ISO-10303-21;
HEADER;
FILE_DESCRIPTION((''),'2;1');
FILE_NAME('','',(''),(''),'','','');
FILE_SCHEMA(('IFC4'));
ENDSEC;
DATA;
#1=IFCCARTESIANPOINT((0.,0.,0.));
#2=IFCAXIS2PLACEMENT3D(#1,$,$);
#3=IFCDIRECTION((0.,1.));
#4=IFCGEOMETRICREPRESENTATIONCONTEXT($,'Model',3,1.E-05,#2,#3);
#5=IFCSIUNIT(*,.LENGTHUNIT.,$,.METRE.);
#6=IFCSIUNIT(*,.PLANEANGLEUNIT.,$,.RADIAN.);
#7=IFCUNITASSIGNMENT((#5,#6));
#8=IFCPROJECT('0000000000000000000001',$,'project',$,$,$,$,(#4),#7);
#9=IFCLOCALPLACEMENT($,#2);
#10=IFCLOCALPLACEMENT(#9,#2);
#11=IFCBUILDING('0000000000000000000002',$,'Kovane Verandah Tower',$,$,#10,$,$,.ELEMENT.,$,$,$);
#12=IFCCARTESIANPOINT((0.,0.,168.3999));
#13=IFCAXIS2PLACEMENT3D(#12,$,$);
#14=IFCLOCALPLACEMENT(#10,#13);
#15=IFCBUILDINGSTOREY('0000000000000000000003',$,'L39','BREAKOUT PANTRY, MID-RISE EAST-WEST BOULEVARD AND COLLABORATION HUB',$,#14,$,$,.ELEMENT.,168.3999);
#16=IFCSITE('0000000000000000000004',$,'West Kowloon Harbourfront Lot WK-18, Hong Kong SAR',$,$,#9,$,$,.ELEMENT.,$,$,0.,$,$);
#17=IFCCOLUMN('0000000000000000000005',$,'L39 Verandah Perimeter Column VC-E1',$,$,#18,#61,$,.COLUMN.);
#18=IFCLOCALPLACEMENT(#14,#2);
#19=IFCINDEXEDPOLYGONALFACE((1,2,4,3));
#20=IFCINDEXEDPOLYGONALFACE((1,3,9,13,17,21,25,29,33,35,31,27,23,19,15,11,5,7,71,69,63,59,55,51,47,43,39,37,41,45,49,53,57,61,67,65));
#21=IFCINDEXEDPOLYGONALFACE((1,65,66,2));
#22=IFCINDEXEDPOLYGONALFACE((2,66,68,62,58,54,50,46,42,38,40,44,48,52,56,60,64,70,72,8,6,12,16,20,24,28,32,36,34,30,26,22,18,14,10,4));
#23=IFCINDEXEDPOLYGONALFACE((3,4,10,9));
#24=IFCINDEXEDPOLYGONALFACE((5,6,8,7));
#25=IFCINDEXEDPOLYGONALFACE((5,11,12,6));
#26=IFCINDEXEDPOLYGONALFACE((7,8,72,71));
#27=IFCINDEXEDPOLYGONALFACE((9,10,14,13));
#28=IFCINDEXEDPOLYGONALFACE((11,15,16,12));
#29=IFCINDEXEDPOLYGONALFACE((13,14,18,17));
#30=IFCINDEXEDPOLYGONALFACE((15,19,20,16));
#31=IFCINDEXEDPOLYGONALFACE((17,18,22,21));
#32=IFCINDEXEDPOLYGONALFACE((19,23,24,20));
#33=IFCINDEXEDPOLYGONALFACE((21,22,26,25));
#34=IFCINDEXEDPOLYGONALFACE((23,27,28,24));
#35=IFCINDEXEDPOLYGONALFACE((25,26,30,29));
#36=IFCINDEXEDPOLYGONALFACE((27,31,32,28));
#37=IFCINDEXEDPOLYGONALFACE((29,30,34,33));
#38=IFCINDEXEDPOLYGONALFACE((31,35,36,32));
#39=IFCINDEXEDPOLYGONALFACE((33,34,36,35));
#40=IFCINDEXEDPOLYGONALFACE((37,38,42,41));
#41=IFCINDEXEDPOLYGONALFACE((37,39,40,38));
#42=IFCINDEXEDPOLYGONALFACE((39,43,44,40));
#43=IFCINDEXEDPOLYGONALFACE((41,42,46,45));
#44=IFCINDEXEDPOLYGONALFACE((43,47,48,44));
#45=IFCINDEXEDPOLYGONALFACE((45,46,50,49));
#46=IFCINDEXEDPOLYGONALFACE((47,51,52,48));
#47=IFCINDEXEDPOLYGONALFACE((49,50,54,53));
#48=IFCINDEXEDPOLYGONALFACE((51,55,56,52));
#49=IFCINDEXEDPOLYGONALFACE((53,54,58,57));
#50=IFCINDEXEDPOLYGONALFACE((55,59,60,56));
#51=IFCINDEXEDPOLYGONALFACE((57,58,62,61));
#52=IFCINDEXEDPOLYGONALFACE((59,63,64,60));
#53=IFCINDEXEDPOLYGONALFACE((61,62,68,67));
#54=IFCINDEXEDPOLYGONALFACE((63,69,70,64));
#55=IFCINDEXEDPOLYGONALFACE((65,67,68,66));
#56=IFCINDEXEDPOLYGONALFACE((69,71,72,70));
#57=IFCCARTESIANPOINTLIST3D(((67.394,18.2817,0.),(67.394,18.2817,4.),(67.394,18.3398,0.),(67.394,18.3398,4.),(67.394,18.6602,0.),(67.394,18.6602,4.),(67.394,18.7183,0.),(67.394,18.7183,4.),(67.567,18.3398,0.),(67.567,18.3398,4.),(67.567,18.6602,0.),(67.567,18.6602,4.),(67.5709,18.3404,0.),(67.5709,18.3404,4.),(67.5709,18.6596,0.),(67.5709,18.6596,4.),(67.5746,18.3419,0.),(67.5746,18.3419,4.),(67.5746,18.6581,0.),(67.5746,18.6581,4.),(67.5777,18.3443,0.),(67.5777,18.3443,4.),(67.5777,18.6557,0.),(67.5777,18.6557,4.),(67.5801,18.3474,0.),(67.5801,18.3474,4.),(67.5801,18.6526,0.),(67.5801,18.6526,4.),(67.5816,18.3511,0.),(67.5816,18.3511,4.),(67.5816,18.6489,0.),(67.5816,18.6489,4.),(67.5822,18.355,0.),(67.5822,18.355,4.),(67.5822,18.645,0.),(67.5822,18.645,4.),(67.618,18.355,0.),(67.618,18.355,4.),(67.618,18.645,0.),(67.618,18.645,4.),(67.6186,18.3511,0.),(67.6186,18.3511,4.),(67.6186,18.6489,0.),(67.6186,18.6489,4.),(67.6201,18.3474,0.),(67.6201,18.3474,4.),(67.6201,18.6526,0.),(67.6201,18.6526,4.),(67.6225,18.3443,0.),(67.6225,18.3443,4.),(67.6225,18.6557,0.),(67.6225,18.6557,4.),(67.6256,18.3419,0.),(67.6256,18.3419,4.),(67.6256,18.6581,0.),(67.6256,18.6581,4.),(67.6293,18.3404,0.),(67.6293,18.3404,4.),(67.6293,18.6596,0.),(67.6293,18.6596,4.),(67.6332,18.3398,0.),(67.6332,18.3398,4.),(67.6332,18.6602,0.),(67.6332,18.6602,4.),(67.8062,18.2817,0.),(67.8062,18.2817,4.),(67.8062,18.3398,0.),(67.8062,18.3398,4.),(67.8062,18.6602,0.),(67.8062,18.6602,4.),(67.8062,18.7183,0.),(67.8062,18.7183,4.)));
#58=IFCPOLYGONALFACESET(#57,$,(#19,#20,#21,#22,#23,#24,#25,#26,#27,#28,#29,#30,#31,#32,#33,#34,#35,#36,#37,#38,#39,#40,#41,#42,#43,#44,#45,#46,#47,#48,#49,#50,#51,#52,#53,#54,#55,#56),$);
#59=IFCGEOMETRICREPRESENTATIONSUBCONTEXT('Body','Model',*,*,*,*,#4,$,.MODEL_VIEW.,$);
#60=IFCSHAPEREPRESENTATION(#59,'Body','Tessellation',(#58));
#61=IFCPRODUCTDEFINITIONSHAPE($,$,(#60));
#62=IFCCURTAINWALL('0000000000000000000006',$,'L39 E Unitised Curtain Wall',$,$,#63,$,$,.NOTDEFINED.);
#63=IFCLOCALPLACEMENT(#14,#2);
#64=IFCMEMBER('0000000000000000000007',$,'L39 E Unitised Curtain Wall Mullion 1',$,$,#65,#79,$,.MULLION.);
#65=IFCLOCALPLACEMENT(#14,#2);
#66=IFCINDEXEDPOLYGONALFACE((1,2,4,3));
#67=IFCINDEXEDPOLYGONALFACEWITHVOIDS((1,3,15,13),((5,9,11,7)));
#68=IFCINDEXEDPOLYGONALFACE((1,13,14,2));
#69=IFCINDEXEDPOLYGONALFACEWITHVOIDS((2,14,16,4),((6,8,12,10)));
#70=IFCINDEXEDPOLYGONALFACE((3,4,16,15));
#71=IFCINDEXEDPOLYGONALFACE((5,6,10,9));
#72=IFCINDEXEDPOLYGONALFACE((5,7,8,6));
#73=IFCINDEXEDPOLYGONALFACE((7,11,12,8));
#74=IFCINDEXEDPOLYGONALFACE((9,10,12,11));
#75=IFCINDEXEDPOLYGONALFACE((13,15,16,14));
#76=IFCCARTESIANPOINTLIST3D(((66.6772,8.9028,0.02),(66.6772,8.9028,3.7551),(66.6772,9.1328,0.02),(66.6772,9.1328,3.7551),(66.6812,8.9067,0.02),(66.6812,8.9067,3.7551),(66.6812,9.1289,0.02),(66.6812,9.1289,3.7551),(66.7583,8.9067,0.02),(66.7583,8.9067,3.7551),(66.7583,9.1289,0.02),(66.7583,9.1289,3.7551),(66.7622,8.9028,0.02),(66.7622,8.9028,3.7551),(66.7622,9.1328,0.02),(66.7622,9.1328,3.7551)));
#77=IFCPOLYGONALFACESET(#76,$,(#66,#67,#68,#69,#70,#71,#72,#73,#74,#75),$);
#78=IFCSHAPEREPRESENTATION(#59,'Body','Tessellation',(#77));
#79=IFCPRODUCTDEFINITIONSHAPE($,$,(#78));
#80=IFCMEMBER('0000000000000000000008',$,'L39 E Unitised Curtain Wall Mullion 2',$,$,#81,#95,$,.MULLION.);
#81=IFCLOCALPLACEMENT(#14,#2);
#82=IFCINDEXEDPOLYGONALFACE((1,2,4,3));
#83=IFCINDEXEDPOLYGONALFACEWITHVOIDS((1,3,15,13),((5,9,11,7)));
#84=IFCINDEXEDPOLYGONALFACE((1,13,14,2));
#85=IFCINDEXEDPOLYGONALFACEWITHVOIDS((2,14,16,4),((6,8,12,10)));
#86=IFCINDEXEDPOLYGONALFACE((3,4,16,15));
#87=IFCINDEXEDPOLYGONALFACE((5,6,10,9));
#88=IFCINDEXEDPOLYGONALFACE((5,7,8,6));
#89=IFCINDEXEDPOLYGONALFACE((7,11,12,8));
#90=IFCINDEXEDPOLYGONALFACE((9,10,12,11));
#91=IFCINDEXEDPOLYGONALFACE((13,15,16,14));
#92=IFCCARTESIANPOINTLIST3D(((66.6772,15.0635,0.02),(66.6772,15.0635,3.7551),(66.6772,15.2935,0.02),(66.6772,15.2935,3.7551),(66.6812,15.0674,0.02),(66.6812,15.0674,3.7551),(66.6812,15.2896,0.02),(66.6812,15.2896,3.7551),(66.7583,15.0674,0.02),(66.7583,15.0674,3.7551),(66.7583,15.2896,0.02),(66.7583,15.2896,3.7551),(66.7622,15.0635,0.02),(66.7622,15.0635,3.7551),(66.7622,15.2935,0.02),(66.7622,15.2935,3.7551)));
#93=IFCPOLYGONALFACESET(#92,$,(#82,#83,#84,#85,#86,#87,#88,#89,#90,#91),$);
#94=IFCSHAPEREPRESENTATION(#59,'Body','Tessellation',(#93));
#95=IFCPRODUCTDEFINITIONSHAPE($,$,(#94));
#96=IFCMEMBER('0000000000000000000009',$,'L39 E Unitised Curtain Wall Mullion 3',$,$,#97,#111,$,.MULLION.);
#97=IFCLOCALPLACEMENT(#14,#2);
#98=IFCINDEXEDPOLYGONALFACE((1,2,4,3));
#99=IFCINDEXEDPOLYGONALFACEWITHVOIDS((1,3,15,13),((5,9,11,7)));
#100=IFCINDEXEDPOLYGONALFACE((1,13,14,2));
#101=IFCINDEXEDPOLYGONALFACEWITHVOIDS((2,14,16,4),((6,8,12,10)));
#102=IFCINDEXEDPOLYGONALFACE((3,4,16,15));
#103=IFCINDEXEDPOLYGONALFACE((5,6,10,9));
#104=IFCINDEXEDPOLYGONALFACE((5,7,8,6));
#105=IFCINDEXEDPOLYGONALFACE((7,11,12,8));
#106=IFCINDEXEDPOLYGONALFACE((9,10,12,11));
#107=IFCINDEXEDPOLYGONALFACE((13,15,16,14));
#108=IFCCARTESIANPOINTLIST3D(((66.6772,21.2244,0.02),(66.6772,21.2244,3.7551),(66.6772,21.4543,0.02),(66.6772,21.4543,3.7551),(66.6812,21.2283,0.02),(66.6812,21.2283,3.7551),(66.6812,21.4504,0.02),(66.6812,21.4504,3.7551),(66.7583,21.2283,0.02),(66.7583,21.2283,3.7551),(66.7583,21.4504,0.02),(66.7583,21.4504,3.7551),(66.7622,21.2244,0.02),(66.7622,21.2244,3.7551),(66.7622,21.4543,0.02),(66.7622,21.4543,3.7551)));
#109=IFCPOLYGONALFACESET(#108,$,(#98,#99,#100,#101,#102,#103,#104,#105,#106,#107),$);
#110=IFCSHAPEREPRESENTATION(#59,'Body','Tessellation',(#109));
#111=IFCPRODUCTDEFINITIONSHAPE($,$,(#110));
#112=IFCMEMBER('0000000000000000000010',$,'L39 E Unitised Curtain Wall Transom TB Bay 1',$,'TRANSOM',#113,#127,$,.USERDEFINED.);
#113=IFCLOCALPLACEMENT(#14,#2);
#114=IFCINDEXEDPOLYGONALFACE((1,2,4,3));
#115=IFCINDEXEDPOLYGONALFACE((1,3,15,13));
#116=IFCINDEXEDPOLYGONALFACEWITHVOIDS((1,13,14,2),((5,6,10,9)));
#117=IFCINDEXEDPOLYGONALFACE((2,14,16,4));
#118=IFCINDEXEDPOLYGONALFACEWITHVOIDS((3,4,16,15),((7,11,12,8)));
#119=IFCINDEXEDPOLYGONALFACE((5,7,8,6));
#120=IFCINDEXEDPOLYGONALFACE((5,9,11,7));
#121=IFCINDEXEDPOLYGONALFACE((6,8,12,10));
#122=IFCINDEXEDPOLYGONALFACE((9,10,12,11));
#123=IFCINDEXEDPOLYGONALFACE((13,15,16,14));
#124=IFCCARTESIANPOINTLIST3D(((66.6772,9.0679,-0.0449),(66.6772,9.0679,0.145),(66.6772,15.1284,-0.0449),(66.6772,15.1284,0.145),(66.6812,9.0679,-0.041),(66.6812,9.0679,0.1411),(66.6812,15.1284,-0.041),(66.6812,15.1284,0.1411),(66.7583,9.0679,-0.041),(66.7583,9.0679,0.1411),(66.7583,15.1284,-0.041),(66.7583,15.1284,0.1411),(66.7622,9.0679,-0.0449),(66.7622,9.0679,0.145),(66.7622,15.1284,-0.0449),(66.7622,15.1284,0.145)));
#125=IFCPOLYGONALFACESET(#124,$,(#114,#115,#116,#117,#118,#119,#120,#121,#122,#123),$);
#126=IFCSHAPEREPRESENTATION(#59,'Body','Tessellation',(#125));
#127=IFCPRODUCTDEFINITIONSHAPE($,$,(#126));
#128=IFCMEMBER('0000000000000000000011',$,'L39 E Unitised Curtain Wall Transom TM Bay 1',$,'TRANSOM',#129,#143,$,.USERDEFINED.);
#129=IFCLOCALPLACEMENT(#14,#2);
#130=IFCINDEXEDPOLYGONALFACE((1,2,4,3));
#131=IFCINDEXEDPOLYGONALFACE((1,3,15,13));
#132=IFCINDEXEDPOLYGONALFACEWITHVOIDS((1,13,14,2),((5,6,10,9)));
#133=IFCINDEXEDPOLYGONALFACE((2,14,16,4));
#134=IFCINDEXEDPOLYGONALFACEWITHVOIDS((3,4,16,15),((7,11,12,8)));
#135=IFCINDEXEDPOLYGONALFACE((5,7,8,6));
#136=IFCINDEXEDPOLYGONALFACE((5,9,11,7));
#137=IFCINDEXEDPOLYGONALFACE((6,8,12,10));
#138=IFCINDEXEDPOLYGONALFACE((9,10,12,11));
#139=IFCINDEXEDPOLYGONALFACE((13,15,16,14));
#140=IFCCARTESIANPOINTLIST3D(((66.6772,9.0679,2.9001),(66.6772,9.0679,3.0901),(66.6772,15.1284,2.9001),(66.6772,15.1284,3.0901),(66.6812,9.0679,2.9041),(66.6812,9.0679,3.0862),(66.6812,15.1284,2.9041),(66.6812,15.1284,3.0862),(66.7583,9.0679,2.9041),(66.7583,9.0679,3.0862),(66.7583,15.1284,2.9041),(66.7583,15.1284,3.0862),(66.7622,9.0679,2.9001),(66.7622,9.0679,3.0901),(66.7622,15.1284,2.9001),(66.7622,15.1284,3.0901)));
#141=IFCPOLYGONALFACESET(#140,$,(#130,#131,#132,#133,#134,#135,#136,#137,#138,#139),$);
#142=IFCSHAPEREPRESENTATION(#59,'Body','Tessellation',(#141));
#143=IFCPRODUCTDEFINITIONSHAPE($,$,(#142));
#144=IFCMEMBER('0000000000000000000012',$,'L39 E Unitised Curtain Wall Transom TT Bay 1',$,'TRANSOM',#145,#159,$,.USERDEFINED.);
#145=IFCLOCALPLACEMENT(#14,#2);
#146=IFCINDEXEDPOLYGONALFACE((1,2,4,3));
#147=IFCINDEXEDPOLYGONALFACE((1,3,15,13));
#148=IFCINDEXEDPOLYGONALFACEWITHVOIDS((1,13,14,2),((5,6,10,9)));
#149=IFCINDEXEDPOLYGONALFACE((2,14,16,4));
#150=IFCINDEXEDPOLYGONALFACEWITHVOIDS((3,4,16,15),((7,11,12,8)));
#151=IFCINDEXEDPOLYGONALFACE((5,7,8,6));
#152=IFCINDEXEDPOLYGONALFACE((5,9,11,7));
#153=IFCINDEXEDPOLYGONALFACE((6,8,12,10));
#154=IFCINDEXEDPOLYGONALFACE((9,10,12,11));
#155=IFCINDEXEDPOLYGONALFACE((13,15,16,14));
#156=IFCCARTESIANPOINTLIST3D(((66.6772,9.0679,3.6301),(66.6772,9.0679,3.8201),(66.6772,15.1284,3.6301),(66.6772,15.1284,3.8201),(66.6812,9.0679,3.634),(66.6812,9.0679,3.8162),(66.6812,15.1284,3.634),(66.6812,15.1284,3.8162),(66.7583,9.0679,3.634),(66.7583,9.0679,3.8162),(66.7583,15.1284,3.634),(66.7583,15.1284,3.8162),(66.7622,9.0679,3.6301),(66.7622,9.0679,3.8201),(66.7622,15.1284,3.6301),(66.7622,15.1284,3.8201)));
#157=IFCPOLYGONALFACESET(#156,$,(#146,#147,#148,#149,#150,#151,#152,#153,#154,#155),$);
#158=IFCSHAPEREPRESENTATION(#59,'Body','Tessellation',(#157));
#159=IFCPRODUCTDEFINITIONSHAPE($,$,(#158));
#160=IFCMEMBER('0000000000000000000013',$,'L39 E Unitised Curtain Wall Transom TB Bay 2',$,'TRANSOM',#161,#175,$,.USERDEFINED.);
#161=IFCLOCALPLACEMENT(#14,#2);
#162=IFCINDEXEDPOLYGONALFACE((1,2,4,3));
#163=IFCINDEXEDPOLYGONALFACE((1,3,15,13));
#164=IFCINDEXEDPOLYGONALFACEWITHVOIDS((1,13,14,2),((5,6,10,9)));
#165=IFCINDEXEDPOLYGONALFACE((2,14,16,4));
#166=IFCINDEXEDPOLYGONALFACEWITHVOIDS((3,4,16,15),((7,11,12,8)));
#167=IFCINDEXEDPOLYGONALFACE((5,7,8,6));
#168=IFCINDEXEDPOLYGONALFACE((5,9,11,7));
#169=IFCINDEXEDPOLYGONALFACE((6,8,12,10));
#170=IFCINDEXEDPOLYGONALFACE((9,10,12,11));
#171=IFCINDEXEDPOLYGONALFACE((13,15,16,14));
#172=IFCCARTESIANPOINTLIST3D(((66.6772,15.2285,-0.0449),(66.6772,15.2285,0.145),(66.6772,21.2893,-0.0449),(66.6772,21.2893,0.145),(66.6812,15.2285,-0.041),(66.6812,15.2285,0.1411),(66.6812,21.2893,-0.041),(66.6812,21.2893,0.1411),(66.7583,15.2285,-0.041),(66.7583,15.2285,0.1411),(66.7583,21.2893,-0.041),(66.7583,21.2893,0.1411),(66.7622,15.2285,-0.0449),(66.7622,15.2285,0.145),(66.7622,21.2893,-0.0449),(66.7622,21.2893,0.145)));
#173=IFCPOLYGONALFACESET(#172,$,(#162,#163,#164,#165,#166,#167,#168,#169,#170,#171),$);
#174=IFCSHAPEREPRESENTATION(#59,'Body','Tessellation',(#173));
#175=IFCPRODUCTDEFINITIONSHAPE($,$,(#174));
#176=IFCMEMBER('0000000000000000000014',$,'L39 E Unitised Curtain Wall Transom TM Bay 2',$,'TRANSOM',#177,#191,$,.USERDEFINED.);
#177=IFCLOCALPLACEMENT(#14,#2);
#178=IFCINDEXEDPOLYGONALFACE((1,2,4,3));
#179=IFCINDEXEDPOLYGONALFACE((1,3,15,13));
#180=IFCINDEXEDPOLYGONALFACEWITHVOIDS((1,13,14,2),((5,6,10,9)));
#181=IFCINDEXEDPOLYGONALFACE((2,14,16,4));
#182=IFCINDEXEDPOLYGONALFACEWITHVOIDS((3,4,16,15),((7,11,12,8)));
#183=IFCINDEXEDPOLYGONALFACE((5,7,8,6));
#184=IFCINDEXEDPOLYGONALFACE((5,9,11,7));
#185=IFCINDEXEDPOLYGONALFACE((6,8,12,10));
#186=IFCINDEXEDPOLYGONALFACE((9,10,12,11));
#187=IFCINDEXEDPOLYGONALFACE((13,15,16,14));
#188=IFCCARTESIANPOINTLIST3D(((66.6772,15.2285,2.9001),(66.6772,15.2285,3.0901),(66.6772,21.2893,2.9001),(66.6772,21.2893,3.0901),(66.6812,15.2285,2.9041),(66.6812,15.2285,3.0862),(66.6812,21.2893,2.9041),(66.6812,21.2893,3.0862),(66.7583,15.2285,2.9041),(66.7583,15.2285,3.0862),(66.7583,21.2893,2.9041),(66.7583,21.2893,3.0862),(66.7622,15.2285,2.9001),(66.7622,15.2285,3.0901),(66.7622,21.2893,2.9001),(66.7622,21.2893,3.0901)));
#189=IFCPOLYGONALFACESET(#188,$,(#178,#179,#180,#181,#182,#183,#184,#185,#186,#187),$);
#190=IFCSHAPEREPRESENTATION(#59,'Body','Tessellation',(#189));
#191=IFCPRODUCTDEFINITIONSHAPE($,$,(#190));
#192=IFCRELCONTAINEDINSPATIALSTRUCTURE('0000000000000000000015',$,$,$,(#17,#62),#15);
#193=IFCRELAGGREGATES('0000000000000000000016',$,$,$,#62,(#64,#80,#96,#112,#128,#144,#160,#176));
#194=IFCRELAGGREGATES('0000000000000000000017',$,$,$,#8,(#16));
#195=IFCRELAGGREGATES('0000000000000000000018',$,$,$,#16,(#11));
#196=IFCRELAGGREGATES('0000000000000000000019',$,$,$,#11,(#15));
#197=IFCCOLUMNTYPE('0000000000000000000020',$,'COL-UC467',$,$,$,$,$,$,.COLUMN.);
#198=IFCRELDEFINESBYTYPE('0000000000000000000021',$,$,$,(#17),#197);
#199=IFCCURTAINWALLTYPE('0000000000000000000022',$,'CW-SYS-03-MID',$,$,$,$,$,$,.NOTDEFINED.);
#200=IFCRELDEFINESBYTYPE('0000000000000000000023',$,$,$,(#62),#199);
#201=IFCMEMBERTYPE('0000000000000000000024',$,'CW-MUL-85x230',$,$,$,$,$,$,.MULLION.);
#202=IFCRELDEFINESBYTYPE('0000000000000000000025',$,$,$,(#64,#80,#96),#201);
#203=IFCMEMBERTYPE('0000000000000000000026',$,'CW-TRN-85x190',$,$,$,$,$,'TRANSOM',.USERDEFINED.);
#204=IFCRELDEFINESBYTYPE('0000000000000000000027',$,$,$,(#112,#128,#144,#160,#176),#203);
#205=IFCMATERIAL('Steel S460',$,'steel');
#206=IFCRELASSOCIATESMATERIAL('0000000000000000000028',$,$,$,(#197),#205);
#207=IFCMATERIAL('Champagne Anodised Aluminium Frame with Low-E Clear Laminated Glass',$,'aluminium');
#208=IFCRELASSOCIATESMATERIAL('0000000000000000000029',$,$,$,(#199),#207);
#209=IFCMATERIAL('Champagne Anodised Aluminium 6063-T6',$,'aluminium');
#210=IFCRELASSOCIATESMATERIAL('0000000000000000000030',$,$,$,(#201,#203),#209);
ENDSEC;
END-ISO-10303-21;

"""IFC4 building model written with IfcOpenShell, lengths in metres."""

from ifc_helpers import new_model, si_unit, direction, frame, origin, origin_2d, place, context, subcontext, project, spatial, hollow_rectangle, i_section, extrude, material, material_profile, profile_set, type_object, element, aggregate, save


model = new_model("IFC4")

# Units and contexts
model_context = context("Model", 3, precision=1e-05, world=origin(), true_north=direction((0.0, 1.0)))
body_context = subcontext(model_context, "Body", "Model", "MODEL_VIEW")
ifc_project = project(units=[si_unit("LENGTHUNIT", "METRE"), si_unit("PLANEANGLEUNIT", "RADIAN")], contexts=[model_context])

# Site, building, storey
site_placement = place(None, origin())
site = spatial("IfcSite", under=ifc_project, at=site_placement, Name="West Kowloon Harbourfront Lot WK-18, Hong Kong SAR", CompositionType="ELEMENT", RefElevation=0.0)
building_placement = place(site_placement, origin())
building = spatial("IfcBuilding", under=site, at=building_placement, Name="Kovane Verandah Tower", CompositionType="ELEMENT")
storey_placement = place(building_placement, frame((0.0, 0.0, 168.3999)))
storey = spatial("IfcBuildingStorey", under=building, at=storey_placement, Name="L39", Description="BREAKOUT PANTRY, MID-RISE EAST-WEST BOULEVARD AND COLLABORATION HUB", CompositionType="ELEMENT", Elevation=168.3999)

# Column
ifc_material_1 = material(Name="Steel S460", Category="steel")
ifc_material_profile_1 = material_profile(ifc_material_1, i_section(OverallWidth=0.4121, OverallDepth=0.4365, WebThickness=0.0359, FlangeThickness=0.0581, FilletRadius=0.0151, at=origin_2d()), Name="UC356x406x467")
ifc_profile_set_1 = profile_set([ifc_material_profile_1], Name="Steel S460")
column_type = type_object("IfcColumnType", Name="COL-UC467", PredefinedType="COLUMN", material=ifc_profile_set_1)
column_placement = place(storey_placement, frame((67.6001, 18.5, 0.0), z_axis=(0.0, 0.0, 1.0), x_axis=(1.0, 0.0, 0.0)))
element("IfcColumn", 1, at=column_placement, inside=storey, type_object=column_type, Name="L39 Verandah Perimeter Column VC-E1", PredefinedType="COLUMN", context=body_context, shape_type="SweptSolid", body=[
    extrude(i_section(OverallWidth=0.4121, OverallDepth=0.4365, WebThickness=0.0359, FlangeThickness=0.0581, FilletRadius=0.0151, at=origin_2d()), origin(), (0.0, 0.0, 1.0), 4.0),
])

# Curtain wall, members
ifc_material_2 = material(Name="Champagne Anodised Aluminium Frame with Low-E Clear Laminated Glass", Category="aluminium")
curtain_wall_type = type_object("IfcCurtainWallType", Name="CW-SYS-03-MID", PredefinedType="NOTDEFINED", material=ifc_material_2)
curtain_wall_placement = place(storey_placement, origin())
curtain_wall = element("IfcCurtainWall", 2, at=curtain_wall_placement, inside=storey, type_object=curtain_wall_type, Name="L39 E Unitised Curtain Wall", PredefinedType="NOTDEFINED")
ifc_material_3 = material(Name="Champagne Anodised Aluminium 6063-T6", Category="aluminium")
ifc_material_profile_2 = material_profile(ifc_material_3, hollow_rectangle(XDim=0.085, YDim=0.23, WallThickness=0.0039, at=origin_2d()), Name="AL85x230x4")
ifc_profile_set_2 = profile_set([ifc_material_profile_2], Name="Champagne Anodised Aluminium 6063-T6")
member_type_1 = type_object("IfcMemberType", Name="CW-MUL-85x230", PredefinedType="MULLION", material=ifc_profile_set_2)
member_1_placement = place(storey_placement, frame((66.7197, 9.0178, 0.02), z_axis=(0.0, 0.0, 1.0), x_axis=(1.0, 0.0, 0.0)))
member_1 = element("IfcMember", 3, at=member_1_placement, type_object=member_type_1, Name="L39 E Unitised Curtain Wall Mullion 1", PredefinedType="MULLION", context=body_context, shape_type="SweptSolid", body=[
    extrude(hollow_rectangle(XDim=0.085, YDim=0.23, WallThickness=0.0039, at=origin_2d()), origin(), (0.0, 0.0, 1.0), 3.7351),
])
member_2_placement = place(storey_placement, frame((66.7197, 15.1785, 0.02), z_axis=(0.0, 0.0, 1.0), x_axis=(1.0, 0.0, 0.0)))
member_2 = element("IfcMember", 4, at=member_2_placement, type_object=member_type_1, Name="L39 E Unitised Curtain Wall Mullion 2", PredefinedType="MULLION", context=body_context, shape_type="SweptSolid", body=[
    extrude(hollow_rectangle(XDim=0.085, YDim=0.23, WallThickness=0.0039, at=origin_2d()), origin(), (0.0, 0.0, 1.0), 3.7351),
])
member_3_placement = place(storey_placement, frame((66.7197, 21.3394, 0.02), z_axis=(0.0, 0.0, 1.0), x_axis=(1.0, 0.0, 0.0)))
member_3 = element("IfcMember", 5, at=member_3_placement, type_object=member_type_1, Name="L39 E Unitised Curtain Wall Mullion 3", PredefinedType="MULLION", context=body_context, shape_type="SweptSolid", body=[
    extrude(hollow_rectangle(XDim=0.085, YDim=0.23, WallThickness=0.0039, at=origin_2d()), origin(), (0.0, 0.0, 1.0), 3.7351),
])
ifc_material_profile_3 = material_profile(ifc_material_3, hollow_rectangle(XDim=0.085, YDim=0.1899, WallThickness=0.0039, at=origin_2d()), Name="AL85x190x4")
ifc_profile_set_3 = profile_set([ifc_material_profile_3], Name="Champagne Anodised Aluminium 6063-T6")
member_type_2 = type_object("IfcMemberType", Name="CW-TRN-85x190", ElementType="TRANSOM", PredefinedType="USERDEFINED", material=ifc_profile_set_3)
member_4_placement = place(storey_placement, frame((66.7197, 9.0679, 0.05), z_axis=(0.0, 1.0, 0.0), x_axis=(-1.0, 0.0, 0.0)))
member_4 = element("IfcMember", 6, at=member_4_placement, type_object=member_type_2, Name="L39 E Unitised Curtain Wall Transom TB Bay 1", ObjectType="TRANSOM", PredefinedType="USERDEFINED", context=body_context, shape_type="SweptSolid", body=[
    extrude(hollow_rectangle(XDim=0.085, YDim=0.1899, WallThickness=0.0039, at=origin_2d()), origin(), (0.0, 0.0, 1.0), 6.0605),
])
member_5_placement = place(storey_placement, frame((66.7197, 9.0679, 2.9951), z_axis=(0.0, 1.0, 0.0), x_axis=(-1.0, 0.0, 0.0)))
member_5 = element("IfcMember", 7, at=member_5_placement, type_object=member_type_2, Name="L39 E Unitised Curtain Wall Transom TM Bay 1", ObjectType="TRANSOM", PredefinedType="USERDEFINED", context=body_context, shape_type="SweptSolid", body=[
    extrude(hollow_rectangle(XDim=0.085, YDim=0.1899, WallThickness=0.0039, at=origin_2d()), origin(), (0.0, 0.0, 1.0), 6.0605),
])
member_6_placement = place(storey_placement, frame((66.7197, 9.0679, 3.7251), z_axis=(0.0, 1.0, 0.0), x_axis=(-1.0, 0.0, 0.0)))
member_6 = element("IfcMember", 8, at=member_6_placement, type_object=member_type_2, Name="L39 E Unitised Curtain Wall Transom TT Bay 1", ObjectType="TRANSOM", PredefinedType="USERDEFINED", context=body_context, shape_type="SweptSolid", body=[
    extrude(hollow_rectangle(XDim=0.085, YDim=0.1899, WallThickness=0.0039, at=origin_2d()), origin(), (0.0, 0.0, 1.0), 6.0605),
])
member_7_placement = place(storey_placement, frame((66.7197, 15.2285, 0.05), z_axis=(0.0, 1.0, 0.0), x_axis=(-1.0, 0.0, 0.0)))
member_7 = element("IfcMember", 9, at=member_7_placement, type_object=member_type_2, Name="L39 E Unitised Curtain Wall Transom TB Bay 2", ObjectType="TRANSOM", PredefinedType="USERDEFINED", context=body_context, shape_type="SweptSolid", body=[
    extrude(hollow_rectangle(XDim=0.085, YDim=0.1899, WallThickness=0.0039, at=origin_2d()), origin(), (0.0, 0.0, 1.0), 6.0608),
])
member_8_placement = place(storey_placement, frame((66.7197, 15.2285, 2.9951), z_axis=(0.0, 1.0, 0.0), x_axis=(-1.0, 0.0, 0.0)))
member_8 = element("IfcMember", 10, at=member_8_placement, type_object=member_type_2, Name="L39 E Unitised Curtain Wall Transom TM Bay 2", ObjectType="TRANSOM", PredefinedType="USERDEFINED", context=body_context, shape_type="SweptSolid", body=[
    extrude(hollow_rectangle(XDim=0.085, YDim=0.1899, WallThickness=0.0039, at=origin_2d()), origin(), (0.0, 0.0, 1.0), 6.0608),
])

aggregate(curtain_wall, [member_1, member_2, member_3, member_4, member_5, member_6, member_7, member_8])

save(model, "model.ifc")
